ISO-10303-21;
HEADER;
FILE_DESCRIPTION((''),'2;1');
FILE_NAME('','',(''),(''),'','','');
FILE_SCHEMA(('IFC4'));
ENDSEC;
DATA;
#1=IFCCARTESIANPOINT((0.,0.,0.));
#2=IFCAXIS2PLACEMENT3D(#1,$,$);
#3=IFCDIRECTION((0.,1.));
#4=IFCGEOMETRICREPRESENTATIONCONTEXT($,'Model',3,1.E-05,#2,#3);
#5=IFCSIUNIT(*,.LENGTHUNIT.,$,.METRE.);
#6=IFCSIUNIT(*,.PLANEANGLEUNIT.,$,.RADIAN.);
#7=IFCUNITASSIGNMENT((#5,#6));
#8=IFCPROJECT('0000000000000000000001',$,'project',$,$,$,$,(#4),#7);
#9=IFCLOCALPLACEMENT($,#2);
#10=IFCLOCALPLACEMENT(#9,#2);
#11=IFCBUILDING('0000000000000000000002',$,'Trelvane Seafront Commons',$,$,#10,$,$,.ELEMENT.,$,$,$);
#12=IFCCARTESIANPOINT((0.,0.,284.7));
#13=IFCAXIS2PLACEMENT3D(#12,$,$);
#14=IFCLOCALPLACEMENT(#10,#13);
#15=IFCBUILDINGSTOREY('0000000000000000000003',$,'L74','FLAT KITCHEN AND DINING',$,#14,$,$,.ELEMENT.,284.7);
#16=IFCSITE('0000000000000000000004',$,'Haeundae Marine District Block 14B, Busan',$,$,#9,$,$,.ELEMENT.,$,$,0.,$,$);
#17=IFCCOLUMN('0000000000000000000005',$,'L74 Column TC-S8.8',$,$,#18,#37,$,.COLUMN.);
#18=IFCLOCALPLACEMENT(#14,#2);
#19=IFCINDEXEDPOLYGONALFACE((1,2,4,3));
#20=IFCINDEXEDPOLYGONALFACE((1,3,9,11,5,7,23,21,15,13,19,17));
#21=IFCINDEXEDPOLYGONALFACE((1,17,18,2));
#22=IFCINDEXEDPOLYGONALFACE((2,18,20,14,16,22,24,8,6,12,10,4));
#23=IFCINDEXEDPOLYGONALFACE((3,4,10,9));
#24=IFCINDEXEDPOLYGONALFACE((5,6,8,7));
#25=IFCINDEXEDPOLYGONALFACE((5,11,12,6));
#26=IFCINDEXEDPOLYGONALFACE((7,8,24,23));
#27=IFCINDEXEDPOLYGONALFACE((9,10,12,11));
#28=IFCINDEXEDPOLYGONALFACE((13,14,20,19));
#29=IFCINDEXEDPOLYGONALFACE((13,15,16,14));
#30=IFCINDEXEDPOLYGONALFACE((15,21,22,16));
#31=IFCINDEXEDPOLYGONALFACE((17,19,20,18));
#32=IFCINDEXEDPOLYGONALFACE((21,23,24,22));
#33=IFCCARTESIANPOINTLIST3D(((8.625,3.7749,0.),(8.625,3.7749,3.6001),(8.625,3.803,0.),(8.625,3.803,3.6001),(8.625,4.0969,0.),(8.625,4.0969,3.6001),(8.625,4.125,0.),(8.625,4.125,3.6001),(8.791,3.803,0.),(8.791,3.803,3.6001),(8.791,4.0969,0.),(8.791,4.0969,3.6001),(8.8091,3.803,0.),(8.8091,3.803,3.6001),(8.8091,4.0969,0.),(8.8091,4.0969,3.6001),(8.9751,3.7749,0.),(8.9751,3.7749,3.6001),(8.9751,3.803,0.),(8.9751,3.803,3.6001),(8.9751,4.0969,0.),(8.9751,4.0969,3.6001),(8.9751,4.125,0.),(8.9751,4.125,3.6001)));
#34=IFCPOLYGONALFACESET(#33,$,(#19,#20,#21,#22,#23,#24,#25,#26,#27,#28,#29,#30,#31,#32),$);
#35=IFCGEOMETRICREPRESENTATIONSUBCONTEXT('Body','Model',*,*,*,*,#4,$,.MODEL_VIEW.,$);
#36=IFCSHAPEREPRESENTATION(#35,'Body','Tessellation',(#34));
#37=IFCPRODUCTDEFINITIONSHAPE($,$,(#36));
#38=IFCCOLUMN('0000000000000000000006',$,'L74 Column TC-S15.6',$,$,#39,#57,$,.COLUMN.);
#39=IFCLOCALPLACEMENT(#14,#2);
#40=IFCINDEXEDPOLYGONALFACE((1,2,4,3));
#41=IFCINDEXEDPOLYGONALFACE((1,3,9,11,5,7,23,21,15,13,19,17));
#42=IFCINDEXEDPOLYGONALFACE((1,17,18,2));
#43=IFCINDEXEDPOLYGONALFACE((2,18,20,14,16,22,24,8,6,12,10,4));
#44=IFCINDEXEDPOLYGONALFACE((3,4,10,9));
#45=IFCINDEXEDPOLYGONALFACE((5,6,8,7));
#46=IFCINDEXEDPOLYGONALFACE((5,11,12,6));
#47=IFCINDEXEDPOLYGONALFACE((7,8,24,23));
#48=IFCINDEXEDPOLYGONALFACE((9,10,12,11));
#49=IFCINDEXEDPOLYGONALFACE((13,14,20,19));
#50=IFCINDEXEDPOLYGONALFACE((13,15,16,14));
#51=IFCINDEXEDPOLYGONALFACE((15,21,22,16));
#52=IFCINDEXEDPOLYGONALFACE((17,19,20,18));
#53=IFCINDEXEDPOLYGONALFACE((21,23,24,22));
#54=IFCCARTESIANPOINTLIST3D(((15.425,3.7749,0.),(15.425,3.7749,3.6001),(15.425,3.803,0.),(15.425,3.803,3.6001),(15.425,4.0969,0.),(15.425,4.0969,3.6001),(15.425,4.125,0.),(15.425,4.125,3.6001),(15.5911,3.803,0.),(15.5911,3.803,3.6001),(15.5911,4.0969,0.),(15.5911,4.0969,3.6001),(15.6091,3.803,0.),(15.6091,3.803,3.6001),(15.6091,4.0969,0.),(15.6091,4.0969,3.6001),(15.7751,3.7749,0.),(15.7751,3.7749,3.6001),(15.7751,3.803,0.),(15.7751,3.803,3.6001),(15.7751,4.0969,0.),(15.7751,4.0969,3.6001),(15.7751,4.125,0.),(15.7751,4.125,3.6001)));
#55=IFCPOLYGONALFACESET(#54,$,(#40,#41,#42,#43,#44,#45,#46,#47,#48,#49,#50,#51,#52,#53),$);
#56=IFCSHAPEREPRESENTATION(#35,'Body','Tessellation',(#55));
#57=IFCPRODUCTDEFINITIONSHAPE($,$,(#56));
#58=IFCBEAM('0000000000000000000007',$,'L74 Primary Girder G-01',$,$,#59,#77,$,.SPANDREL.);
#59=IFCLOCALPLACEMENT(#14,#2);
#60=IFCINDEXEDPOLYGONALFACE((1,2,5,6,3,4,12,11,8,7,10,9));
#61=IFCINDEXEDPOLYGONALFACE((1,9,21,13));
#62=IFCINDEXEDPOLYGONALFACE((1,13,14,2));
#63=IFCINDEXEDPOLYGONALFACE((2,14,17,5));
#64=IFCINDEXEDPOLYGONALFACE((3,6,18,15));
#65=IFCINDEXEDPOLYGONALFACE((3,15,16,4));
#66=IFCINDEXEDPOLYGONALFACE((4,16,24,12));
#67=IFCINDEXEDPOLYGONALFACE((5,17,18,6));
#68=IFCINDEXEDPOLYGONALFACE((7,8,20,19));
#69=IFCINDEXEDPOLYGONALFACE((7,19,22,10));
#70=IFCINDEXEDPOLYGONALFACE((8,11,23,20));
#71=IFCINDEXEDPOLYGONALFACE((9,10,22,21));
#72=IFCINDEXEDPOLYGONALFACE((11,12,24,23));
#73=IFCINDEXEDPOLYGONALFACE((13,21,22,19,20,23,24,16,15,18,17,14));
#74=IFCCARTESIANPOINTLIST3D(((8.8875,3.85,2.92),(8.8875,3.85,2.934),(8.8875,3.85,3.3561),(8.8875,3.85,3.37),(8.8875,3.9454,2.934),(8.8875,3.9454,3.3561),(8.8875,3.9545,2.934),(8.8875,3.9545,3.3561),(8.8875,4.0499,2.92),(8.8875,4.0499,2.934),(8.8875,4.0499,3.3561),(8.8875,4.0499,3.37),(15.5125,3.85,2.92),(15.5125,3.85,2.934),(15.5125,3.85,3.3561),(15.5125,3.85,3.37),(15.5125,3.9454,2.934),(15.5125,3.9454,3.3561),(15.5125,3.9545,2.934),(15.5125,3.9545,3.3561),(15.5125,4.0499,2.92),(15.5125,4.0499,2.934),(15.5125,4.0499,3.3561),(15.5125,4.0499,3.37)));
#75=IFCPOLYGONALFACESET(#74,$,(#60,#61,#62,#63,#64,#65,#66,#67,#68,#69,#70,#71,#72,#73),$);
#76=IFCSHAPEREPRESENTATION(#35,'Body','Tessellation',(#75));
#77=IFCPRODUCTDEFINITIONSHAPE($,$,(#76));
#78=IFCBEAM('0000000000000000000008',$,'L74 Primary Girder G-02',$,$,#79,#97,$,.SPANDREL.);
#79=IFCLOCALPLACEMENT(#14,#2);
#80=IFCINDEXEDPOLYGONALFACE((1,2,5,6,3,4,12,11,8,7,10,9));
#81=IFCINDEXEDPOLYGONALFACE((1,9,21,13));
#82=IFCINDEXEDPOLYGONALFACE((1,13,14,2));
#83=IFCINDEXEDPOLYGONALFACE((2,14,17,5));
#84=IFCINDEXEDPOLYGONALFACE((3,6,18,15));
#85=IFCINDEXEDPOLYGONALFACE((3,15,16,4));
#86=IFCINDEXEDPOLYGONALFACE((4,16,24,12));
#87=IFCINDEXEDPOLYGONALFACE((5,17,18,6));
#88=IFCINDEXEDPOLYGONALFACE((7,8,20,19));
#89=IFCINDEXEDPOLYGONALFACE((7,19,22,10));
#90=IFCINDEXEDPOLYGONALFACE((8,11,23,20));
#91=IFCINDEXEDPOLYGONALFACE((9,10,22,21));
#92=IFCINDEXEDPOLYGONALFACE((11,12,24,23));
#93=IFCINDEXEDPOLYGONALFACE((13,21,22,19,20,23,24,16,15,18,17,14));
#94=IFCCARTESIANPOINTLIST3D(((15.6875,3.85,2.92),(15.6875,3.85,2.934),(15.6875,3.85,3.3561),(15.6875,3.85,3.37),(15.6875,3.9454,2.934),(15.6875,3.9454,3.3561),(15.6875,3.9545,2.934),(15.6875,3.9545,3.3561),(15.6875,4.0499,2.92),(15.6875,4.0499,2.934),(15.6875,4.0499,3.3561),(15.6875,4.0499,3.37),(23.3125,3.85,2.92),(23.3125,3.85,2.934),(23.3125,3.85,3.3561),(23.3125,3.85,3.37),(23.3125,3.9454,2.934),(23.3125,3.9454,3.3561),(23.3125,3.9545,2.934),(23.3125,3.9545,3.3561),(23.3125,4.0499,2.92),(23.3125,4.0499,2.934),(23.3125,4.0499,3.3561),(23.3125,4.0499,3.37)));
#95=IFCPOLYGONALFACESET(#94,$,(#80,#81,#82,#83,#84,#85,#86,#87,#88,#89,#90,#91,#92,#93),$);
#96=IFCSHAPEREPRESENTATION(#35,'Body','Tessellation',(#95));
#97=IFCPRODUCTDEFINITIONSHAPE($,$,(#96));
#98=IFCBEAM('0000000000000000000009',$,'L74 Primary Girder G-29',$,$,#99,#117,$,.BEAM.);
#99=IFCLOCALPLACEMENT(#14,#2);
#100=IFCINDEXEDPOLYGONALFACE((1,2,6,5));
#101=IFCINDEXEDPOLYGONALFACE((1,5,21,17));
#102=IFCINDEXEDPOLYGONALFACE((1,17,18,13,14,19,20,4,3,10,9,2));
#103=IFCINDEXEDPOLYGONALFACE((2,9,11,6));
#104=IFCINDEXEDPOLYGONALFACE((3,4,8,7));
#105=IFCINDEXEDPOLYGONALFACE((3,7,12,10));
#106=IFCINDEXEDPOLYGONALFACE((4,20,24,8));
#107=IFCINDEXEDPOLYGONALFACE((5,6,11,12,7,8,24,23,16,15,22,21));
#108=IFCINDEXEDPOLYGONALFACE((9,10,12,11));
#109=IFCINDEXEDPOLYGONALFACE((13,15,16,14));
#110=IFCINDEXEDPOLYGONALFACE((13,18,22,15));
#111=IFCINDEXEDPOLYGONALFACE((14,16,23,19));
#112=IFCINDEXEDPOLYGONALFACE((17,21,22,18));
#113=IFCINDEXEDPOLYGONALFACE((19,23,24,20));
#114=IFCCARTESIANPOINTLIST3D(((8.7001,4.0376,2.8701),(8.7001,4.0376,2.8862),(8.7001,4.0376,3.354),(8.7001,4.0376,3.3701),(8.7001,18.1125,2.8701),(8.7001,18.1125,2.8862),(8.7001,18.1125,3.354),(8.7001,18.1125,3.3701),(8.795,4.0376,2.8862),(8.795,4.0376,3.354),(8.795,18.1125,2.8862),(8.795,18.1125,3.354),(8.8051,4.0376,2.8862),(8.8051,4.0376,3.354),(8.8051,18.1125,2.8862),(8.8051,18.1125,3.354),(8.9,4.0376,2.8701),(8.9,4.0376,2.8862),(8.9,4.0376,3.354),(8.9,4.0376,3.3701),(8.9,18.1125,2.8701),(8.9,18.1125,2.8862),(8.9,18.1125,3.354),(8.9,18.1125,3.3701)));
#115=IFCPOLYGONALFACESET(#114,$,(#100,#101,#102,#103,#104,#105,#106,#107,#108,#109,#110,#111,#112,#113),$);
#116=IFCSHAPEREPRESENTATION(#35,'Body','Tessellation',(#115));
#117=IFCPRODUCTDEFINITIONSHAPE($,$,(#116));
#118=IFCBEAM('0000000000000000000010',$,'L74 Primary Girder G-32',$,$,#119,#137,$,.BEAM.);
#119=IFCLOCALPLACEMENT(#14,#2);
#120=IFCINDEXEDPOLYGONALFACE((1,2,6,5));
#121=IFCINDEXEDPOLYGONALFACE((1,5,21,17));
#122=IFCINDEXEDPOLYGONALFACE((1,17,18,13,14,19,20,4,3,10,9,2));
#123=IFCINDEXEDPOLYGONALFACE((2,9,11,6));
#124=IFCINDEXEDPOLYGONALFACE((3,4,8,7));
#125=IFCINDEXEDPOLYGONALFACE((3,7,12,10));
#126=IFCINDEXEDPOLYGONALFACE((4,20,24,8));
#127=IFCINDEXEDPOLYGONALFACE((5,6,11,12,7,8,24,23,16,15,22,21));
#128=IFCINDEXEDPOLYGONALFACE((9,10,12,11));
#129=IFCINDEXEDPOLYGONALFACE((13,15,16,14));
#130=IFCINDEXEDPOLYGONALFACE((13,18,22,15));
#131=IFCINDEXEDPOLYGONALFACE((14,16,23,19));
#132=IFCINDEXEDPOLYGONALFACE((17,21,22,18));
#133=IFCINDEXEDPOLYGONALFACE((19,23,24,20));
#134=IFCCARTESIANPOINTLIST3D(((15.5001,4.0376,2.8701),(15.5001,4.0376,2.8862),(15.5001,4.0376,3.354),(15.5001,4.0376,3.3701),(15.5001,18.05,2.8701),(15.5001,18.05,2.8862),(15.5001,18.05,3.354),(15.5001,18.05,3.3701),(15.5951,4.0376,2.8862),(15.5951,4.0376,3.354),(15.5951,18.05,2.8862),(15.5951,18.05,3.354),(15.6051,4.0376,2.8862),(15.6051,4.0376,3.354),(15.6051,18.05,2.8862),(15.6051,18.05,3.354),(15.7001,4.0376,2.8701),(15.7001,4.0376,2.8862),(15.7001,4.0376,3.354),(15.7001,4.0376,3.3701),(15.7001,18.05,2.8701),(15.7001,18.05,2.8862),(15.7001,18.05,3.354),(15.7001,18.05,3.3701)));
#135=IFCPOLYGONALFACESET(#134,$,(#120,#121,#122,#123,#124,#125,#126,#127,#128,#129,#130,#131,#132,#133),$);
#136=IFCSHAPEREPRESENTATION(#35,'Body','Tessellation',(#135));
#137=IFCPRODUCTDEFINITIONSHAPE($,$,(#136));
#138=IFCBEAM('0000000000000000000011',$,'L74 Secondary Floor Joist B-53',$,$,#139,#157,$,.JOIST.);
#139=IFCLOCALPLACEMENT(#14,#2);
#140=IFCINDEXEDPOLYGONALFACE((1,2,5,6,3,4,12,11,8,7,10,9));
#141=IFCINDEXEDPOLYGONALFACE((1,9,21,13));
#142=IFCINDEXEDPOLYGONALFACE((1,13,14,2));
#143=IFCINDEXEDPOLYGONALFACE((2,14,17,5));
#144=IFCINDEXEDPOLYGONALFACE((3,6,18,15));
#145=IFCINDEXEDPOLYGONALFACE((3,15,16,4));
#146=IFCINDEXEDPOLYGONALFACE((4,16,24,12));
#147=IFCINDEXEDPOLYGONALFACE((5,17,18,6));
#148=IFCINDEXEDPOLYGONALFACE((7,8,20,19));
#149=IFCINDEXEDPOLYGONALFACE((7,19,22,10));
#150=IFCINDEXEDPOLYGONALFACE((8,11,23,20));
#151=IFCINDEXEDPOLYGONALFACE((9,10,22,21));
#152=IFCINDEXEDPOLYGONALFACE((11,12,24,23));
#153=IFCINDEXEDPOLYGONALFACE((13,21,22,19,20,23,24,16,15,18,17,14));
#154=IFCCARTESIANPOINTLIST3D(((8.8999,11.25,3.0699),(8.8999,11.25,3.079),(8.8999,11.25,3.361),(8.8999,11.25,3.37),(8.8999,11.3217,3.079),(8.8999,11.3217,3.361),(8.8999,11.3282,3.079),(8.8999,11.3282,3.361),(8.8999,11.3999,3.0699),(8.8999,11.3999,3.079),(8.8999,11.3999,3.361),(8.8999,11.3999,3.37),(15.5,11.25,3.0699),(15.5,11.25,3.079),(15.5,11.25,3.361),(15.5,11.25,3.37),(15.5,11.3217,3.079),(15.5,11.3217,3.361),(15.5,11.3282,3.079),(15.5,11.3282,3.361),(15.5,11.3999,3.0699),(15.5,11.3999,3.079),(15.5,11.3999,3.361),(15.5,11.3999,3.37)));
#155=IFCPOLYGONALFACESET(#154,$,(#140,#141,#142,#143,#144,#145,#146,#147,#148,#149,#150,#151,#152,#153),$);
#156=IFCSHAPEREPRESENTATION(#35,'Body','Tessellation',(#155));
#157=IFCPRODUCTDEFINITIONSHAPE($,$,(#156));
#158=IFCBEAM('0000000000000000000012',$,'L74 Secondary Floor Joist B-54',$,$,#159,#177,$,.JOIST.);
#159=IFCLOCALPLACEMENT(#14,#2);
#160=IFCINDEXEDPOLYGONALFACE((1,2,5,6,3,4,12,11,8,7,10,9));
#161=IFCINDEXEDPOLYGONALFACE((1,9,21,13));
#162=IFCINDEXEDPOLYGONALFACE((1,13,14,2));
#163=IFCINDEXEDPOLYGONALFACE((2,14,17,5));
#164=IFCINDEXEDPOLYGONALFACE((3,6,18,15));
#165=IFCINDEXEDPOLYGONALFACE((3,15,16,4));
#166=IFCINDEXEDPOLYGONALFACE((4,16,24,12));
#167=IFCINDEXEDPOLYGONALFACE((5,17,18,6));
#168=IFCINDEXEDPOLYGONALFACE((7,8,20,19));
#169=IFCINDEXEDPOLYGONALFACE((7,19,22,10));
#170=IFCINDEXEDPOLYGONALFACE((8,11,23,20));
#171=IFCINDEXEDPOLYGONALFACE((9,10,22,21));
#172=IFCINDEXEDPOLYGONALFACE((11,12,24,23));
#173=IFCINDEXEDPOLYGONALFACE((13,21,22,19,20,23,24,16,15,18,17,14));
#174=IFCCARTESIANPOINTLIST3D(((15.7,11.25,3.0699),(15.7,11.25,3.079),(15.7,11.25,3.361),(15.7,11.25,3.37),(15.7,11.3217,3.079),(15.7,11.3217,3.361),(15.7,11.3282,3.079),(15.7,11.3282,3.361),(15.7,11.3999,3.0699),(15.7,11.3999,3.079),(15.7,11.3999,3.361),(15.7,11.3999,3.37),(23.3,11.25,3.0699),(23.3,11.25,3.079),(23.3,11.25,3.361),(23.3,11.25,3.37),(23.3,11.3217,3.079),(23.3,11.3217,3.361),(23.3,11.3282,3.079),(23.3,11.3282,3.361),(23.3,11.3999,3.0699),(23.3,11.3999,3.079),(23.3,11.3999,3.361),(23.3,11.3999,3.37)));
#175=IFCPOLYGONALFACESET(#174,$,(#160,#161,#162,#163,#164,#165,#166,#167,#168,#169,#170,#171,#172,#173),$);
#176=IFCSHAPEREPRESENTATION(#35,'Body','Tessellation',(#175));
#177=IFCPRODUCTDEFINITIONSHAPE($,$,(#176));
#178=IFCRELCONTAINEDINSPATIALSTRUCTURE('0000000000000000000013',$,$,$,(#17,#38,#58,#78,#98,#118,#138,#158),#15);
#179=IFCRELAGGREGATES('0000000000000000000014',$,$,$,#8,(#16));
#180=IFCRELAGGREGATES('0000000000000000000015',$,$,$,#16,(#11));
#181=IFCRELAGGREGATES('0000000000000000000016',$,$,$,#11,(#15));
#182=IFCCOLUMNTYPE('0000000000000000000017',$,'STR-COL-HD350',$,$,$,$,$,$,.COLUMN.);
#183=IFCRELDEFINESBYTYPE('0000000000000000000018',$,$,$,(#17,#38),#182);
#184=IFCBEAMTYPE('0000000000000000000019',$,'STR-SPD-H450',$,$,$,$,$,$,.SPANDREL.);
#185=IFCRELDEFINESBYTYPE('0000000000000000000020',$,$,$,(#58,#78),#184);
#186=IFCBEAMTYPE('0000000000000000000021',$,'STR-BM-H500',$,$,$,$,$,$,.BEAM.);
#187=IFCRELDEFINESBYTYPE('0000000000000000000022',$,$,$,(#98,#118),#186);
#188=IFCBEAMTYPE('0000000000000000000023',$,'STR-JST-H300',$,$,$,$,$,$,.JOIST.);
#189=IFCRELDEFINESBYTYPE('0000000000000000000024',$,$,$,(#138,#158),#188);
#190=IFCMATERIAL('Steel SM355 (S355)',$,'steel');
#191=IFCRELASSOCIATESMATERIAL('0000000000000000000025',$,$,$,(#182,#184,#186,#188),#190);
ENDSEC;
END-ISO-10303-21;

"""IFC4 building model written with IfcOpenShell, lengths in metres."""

from ifc_helpers import new_model, si_unit, direction, frame, origin, origin_2d, place, context, subcontext, project, spatial, i_section, extrude, source, transform, mapped, material, material_profile, profile_set, type_object, element, save


model = new_model("IFC4")

# Units and contexts
model_context = context("Model", 3, precision=1e-05, world=origin(), true_north=direction((0.0, 1.0)))
body_context = subcontext(model_context, "Body", "Model", "MODEL_VIEW")
ifc_project = project(units=[si_unit("LENGTHUNIT", "METRE"), si_unit("PLANEANGLEUNIT", "RADIAN")], contexts=[model_context])

# Site, building, storey
site_placement = place(None, origin())
site = spatial("IfcSite", under=ifc_project, at=site_placement, Name="Haeundae Marine District Block 14B, Busan", CompositionType="ELEMENT", RefElevation=0.0)
building_placement = place(site_placement, origin())
building = spatial("IfcBuilding", under=site, at=building_placement, Name="Trelvane Seafront Commons", CompositionType="ELEMENT")
storey_placement = place(building_placement, frame((0.0, 0.0, 284.7)))
storey = spatial("IfcBuildingStorey", under=building, at=storey_placement, Name="L74", Description="FLAT KITCHEN AND DINING", CompositionType="ELEMENT", Elevation=284.7)

# Columns
ifc_material_1 = material(Name="Steel SM355 (S355)", Category="steel")
ifc_material_profile_1 = material_profile(ifc_material_1, i_section(OverallWidth=0.3501, OverallDepth=0.3501, WebThickness=0.0181, FlangeThickness=0.0281, at=origin_2d()), Name="HD-350x350x18x28")
ifc_profile_set_1 = profile_set([ifc_material_profile_1], Name="Steel SM355 (S355)")
column_type = type_object("IfcColumnType", Name="STR-COL-HD350", PredefinedType="COLUMN", material=ifc_profile_set_1)
shared_shape_1 = source(origin(), body_context, "Body", "SweptSolid", [
    extrude(i_section(OverallWidth=0.3501, OverallDepth=0.3501, WebThickness=0.0181, FlangeThickness=0.0281, at=origin_2d()), origin(), (0.0, 0.0, 1.0), 3.6001),
])
for number, where, z_axis, x_axis, name in (
    (1, (8.8, 3.95, 0.0), (0.0, 0.0, 1.0), (1.0, 0.0, 0.0), "L74 Column TC-S8.8"),
    (2, (15.6001, 3.95, 0.0), (0.0, 0.0, 1.0), (1.0, 0.0, 0.0), "L74 Column TC-S15.6"),
):
    element("IfcColumn", number, at=place(storey_placement, frame(where, z_axis=z_axis, x_axis=x_axis)), inside=storey, type_object=column_type, Name=name, PredefinedType="COLUMN", context=body_context, shape_type="MappedRepresentation", body=[
        mapped(shared_shape_1, transform((0.0, 0.0, 0.0), x_axis=(1.0, 0.0, 0.0), y_axis=(0.0, 1.0, 0.0), z_axis=(0.0, 0.0, 1.0), scale=1.0)),
    ])

# Beams
ifc_material_profile_2 = material_profile(ifc_material_1, i_section(OverallWidth=0.2, OverallDepth=0.45, WebThickness=0.009, FlangeThickness=0.0139, at=origin_2d()), Name="H-450x200x9x14")
ifc_profile_set_2 = profile_set([ifc_material_profile_2], Name="Steel SM355 (S355)")
beam_type_1 = type_object("IfcBeamType", Name="STR-SPD-H450", PredefinedType="SPANDREL", material=ifc_profile_set_2)
shared_shape_2 = source(origin(), body_context, "Body", "SweptSolid", [
    extrude(i_section(OverallWidth=0.2, OverallDepth=0.45, WebThickness=0.009, FlangeThickness=0.0139, at=origin_2d()), origin(), (0.0, 0.0, 1.0), 6.625),
])
beam_1_placement = place(storey_placement, frame((8.8875, 3.95, 3.145), z_axis=(1.0, 0.0, 0.0), x_axis=(0.0, 1.0, 0.0)))
element("IfcBeam", 3, at=beam_1_placement, inside=storey, type_object=beam_type_1, Name="L74 Primary Girder G-01", PredefinedType="SPANDREL", context=body_context, shape_type="MappedRepresentation", body=[
    mapped(shared_shape_2, transform((0.0, 0.0, 0.0), x_axis=(1.0, 0.0, 0.0), y_axis=(0.0, 1.0, 0.0), z_axis=(0.0, 0.0, 1.0), scale=1.0)),
])
shared_shape_3 = source(origin(), body_context, "Body", "SweptSolid", [
    extrude(i_section(OverallWidth=0.2, OverallDepth=0.45, WebThickness=0.009, FlangeThickness=0.0139, at=origin_2d()), origin(), (0.0, 0.0, 1.0), 7.625),
])
beam_2_placement = place(storey_placement, frame((15.6875, 3.95, 3.145), z_axis=(1.0, 0.0, 0.0), x_axis=(0.0, 1.0, 0.0)))
element("IfcBeam", 4, at=beam_2_placement, inside=storey, type_object=beam_type_1, Name="L74 Primary Girder G-02", PredefinedType="SPANDREL", context=body_context, shape_type="MappedRepresentation", body=[
    mapped(shared_shape_3, transform((0.0, 0.0, 0.0), x_axis=(1.0, 0.0, 0.0), y_axis=(0.0, 1.0, 0.0), z_axis=(0.0, 0.0, 1.0), scale=1.0)),
])
ifc_material_profile_3 = material_profile(ifc_material_1, i_section(OverallWidth=0.2, OverallDepth=0.5, WebThickness=0.01, FlangeThickness=0.0161, at=origin_2d()), Name="H-500x200x10x16")
ifc_profile_set_3 = profile_set([ifc_material_profile_3], Name="Steel SM355 (S355)")
beam_type_2 = type_object("IfcBeamType", Name="STR-BM-H500", PredefinedType="BEAM", material=ifc_profile_set_3)
shared_shape_4 = source(origin(), body_context, "Body", "SweptSolid", [
    extrude(i_section(OverallWidth=0.2, OverallDepth=0.5, WebThickness=0.01, FlangeThickness=0.0161, at=origin_2d()), origin(), (0.0, 0.0, 1.0), 14.075),
])
beam_3_placement = place(storey_placement, frame((8.8, 4.0376, 3.1201), z_axis=(0.0, 1.0, 0.0), x_axis=(-1.0, 0.0, 0.0)))
element("IfcBeam", 5, at=beam_3_placement, inside=storey, type_object=beam_type_2, Name="L74 Primary Girder G-29", PredefinedType="BEAM", context=body_context, shape_type="MappedRepresentation", body=[
    mapped(shared_shape_4, transform((0.0, 0.0, 0.0), x_axis=(1.0, 0.0, 0.0), y_axis=(0.0, 1.0, 0.0), z_axis=(0.0, 0.0, 1.0), scale=1.0)),
])
shared_shape_5 = source(origin(), body_context, "Body", "SweptSolid", [
    extrude(i_section(OverallWidth=0.2, OverallDepth=0.5, WebThickness=0.01, FlangeThickness=0.0161, at=origin_2d()), origin(), (0.0, 0.0, 1.0), 14.0125),
])
beam_4_placement = place(storey_placement, frame((15.6001, 4.0376, 3.1201), z_axis=(0.0, 1.0, 0.0), x_axis=(-1.0, 0.0, 0.0)))
element("IfcBeam", 6, at=beam_4_placement, inside=storey, type_object=beam_type_2, Name="L74 Primary Girder G-32", PredefinedType="BEAM", context=body_context, shape_type="MappedRepresentation", body=[
    mapped(shared_shape_5, transform((0.0, 0.0, 0.0), x_axis=(1.0, 0.0, 0.0), y_axis=(0.0, 1.0, 0.0), z_axis=(0.0, 0.0, 1.0), scale=1.0)),
])
ifc_material_profile_4 = material_profile(ifc_material_1, i_section(OverallWidth=0.1499, OverallDepth=0.3, WebThickness=0.0066, FlangeThickness=0.009, at=origin_2d()), Name="H-300x150x6.5x9")
ifc_profile_set_4 = profile_set([ifc_material_profile_4], Name="Steel SM355 (S355)")
beam_type_3 = type_object("IfcBeamType", Name="STR-JST-H300", PredefinedType="JOIST", material=ifc_profile_set_4)
shared_shape_6 = source(origin(), body_context, "Body", "SweptSolid", [
    extrude(i_section(OverallWidth=0.1499, OverallDepth=0.3, WebThickness=0.0066, FlangeThickness=0.009, at=origin_2d()), origin(), (0.0, 0.0, 1.0), 6.6001),
])
beam_5_placement = place(storey_placement, frame((8.8999, 11.325, 3.22), z_axis=(1.0, 0.0, 0.0), x_axis=(0.0, 1.0, 0.0)))
element("IfcBeam", 7, at=beam_5_placement, inside=storey, type_object=beam_type_3, Name="L74 Secondary Floor Joist B-53", PredefinedType="JOIST", context=body_context, shape_type="MappedRepresentation", body=[
    mapped(shared_shape_6, transform((0.0, 0.0, 0.0), x_axis=(1.0, 0.0, 0.0), y_axis=(0.0, 1.0, 0.0), z_axis=(0.0, 0.0, 1.0), scale=1.0)),
])
shared_shape_7 = source(origin(), body_context, "Body", "SweptSolid", [
    extrude(i_section(OverallWidth=0.1499, OverallDepth=0.3, WebThickness=0.0066, FlangeThickness=0.009, at=origin_2d()), origin(), (0.0, 0.0, 1.0), 7.6001),
])
beam_6_placement = place(storey_placement, frame((15.7, 11.325, 3.22), z_axis=(1.0, 0.0, 0.0), x_axis=(0.0, 1.0, 0.0)))
element("IfcBeam", 8, at=beam_6_placement, inside=storey, type_object=beam_type_3, Name="L74 Secondary Floor Joist B-54", PredefinedType="JOIST", context=body_context, shape_type="MappedRepresentation", body=[
    mapped(shared_shape_7, transform((0.0, 0.0, 0.0), x_axis=(1.0, 0.0, 0.0), y_axis=(0.0, 1.0, 0.0), z_axis=(0.0, 0.0, 1.0), scale=1.0)),
])

save(model, "model.ifc")
